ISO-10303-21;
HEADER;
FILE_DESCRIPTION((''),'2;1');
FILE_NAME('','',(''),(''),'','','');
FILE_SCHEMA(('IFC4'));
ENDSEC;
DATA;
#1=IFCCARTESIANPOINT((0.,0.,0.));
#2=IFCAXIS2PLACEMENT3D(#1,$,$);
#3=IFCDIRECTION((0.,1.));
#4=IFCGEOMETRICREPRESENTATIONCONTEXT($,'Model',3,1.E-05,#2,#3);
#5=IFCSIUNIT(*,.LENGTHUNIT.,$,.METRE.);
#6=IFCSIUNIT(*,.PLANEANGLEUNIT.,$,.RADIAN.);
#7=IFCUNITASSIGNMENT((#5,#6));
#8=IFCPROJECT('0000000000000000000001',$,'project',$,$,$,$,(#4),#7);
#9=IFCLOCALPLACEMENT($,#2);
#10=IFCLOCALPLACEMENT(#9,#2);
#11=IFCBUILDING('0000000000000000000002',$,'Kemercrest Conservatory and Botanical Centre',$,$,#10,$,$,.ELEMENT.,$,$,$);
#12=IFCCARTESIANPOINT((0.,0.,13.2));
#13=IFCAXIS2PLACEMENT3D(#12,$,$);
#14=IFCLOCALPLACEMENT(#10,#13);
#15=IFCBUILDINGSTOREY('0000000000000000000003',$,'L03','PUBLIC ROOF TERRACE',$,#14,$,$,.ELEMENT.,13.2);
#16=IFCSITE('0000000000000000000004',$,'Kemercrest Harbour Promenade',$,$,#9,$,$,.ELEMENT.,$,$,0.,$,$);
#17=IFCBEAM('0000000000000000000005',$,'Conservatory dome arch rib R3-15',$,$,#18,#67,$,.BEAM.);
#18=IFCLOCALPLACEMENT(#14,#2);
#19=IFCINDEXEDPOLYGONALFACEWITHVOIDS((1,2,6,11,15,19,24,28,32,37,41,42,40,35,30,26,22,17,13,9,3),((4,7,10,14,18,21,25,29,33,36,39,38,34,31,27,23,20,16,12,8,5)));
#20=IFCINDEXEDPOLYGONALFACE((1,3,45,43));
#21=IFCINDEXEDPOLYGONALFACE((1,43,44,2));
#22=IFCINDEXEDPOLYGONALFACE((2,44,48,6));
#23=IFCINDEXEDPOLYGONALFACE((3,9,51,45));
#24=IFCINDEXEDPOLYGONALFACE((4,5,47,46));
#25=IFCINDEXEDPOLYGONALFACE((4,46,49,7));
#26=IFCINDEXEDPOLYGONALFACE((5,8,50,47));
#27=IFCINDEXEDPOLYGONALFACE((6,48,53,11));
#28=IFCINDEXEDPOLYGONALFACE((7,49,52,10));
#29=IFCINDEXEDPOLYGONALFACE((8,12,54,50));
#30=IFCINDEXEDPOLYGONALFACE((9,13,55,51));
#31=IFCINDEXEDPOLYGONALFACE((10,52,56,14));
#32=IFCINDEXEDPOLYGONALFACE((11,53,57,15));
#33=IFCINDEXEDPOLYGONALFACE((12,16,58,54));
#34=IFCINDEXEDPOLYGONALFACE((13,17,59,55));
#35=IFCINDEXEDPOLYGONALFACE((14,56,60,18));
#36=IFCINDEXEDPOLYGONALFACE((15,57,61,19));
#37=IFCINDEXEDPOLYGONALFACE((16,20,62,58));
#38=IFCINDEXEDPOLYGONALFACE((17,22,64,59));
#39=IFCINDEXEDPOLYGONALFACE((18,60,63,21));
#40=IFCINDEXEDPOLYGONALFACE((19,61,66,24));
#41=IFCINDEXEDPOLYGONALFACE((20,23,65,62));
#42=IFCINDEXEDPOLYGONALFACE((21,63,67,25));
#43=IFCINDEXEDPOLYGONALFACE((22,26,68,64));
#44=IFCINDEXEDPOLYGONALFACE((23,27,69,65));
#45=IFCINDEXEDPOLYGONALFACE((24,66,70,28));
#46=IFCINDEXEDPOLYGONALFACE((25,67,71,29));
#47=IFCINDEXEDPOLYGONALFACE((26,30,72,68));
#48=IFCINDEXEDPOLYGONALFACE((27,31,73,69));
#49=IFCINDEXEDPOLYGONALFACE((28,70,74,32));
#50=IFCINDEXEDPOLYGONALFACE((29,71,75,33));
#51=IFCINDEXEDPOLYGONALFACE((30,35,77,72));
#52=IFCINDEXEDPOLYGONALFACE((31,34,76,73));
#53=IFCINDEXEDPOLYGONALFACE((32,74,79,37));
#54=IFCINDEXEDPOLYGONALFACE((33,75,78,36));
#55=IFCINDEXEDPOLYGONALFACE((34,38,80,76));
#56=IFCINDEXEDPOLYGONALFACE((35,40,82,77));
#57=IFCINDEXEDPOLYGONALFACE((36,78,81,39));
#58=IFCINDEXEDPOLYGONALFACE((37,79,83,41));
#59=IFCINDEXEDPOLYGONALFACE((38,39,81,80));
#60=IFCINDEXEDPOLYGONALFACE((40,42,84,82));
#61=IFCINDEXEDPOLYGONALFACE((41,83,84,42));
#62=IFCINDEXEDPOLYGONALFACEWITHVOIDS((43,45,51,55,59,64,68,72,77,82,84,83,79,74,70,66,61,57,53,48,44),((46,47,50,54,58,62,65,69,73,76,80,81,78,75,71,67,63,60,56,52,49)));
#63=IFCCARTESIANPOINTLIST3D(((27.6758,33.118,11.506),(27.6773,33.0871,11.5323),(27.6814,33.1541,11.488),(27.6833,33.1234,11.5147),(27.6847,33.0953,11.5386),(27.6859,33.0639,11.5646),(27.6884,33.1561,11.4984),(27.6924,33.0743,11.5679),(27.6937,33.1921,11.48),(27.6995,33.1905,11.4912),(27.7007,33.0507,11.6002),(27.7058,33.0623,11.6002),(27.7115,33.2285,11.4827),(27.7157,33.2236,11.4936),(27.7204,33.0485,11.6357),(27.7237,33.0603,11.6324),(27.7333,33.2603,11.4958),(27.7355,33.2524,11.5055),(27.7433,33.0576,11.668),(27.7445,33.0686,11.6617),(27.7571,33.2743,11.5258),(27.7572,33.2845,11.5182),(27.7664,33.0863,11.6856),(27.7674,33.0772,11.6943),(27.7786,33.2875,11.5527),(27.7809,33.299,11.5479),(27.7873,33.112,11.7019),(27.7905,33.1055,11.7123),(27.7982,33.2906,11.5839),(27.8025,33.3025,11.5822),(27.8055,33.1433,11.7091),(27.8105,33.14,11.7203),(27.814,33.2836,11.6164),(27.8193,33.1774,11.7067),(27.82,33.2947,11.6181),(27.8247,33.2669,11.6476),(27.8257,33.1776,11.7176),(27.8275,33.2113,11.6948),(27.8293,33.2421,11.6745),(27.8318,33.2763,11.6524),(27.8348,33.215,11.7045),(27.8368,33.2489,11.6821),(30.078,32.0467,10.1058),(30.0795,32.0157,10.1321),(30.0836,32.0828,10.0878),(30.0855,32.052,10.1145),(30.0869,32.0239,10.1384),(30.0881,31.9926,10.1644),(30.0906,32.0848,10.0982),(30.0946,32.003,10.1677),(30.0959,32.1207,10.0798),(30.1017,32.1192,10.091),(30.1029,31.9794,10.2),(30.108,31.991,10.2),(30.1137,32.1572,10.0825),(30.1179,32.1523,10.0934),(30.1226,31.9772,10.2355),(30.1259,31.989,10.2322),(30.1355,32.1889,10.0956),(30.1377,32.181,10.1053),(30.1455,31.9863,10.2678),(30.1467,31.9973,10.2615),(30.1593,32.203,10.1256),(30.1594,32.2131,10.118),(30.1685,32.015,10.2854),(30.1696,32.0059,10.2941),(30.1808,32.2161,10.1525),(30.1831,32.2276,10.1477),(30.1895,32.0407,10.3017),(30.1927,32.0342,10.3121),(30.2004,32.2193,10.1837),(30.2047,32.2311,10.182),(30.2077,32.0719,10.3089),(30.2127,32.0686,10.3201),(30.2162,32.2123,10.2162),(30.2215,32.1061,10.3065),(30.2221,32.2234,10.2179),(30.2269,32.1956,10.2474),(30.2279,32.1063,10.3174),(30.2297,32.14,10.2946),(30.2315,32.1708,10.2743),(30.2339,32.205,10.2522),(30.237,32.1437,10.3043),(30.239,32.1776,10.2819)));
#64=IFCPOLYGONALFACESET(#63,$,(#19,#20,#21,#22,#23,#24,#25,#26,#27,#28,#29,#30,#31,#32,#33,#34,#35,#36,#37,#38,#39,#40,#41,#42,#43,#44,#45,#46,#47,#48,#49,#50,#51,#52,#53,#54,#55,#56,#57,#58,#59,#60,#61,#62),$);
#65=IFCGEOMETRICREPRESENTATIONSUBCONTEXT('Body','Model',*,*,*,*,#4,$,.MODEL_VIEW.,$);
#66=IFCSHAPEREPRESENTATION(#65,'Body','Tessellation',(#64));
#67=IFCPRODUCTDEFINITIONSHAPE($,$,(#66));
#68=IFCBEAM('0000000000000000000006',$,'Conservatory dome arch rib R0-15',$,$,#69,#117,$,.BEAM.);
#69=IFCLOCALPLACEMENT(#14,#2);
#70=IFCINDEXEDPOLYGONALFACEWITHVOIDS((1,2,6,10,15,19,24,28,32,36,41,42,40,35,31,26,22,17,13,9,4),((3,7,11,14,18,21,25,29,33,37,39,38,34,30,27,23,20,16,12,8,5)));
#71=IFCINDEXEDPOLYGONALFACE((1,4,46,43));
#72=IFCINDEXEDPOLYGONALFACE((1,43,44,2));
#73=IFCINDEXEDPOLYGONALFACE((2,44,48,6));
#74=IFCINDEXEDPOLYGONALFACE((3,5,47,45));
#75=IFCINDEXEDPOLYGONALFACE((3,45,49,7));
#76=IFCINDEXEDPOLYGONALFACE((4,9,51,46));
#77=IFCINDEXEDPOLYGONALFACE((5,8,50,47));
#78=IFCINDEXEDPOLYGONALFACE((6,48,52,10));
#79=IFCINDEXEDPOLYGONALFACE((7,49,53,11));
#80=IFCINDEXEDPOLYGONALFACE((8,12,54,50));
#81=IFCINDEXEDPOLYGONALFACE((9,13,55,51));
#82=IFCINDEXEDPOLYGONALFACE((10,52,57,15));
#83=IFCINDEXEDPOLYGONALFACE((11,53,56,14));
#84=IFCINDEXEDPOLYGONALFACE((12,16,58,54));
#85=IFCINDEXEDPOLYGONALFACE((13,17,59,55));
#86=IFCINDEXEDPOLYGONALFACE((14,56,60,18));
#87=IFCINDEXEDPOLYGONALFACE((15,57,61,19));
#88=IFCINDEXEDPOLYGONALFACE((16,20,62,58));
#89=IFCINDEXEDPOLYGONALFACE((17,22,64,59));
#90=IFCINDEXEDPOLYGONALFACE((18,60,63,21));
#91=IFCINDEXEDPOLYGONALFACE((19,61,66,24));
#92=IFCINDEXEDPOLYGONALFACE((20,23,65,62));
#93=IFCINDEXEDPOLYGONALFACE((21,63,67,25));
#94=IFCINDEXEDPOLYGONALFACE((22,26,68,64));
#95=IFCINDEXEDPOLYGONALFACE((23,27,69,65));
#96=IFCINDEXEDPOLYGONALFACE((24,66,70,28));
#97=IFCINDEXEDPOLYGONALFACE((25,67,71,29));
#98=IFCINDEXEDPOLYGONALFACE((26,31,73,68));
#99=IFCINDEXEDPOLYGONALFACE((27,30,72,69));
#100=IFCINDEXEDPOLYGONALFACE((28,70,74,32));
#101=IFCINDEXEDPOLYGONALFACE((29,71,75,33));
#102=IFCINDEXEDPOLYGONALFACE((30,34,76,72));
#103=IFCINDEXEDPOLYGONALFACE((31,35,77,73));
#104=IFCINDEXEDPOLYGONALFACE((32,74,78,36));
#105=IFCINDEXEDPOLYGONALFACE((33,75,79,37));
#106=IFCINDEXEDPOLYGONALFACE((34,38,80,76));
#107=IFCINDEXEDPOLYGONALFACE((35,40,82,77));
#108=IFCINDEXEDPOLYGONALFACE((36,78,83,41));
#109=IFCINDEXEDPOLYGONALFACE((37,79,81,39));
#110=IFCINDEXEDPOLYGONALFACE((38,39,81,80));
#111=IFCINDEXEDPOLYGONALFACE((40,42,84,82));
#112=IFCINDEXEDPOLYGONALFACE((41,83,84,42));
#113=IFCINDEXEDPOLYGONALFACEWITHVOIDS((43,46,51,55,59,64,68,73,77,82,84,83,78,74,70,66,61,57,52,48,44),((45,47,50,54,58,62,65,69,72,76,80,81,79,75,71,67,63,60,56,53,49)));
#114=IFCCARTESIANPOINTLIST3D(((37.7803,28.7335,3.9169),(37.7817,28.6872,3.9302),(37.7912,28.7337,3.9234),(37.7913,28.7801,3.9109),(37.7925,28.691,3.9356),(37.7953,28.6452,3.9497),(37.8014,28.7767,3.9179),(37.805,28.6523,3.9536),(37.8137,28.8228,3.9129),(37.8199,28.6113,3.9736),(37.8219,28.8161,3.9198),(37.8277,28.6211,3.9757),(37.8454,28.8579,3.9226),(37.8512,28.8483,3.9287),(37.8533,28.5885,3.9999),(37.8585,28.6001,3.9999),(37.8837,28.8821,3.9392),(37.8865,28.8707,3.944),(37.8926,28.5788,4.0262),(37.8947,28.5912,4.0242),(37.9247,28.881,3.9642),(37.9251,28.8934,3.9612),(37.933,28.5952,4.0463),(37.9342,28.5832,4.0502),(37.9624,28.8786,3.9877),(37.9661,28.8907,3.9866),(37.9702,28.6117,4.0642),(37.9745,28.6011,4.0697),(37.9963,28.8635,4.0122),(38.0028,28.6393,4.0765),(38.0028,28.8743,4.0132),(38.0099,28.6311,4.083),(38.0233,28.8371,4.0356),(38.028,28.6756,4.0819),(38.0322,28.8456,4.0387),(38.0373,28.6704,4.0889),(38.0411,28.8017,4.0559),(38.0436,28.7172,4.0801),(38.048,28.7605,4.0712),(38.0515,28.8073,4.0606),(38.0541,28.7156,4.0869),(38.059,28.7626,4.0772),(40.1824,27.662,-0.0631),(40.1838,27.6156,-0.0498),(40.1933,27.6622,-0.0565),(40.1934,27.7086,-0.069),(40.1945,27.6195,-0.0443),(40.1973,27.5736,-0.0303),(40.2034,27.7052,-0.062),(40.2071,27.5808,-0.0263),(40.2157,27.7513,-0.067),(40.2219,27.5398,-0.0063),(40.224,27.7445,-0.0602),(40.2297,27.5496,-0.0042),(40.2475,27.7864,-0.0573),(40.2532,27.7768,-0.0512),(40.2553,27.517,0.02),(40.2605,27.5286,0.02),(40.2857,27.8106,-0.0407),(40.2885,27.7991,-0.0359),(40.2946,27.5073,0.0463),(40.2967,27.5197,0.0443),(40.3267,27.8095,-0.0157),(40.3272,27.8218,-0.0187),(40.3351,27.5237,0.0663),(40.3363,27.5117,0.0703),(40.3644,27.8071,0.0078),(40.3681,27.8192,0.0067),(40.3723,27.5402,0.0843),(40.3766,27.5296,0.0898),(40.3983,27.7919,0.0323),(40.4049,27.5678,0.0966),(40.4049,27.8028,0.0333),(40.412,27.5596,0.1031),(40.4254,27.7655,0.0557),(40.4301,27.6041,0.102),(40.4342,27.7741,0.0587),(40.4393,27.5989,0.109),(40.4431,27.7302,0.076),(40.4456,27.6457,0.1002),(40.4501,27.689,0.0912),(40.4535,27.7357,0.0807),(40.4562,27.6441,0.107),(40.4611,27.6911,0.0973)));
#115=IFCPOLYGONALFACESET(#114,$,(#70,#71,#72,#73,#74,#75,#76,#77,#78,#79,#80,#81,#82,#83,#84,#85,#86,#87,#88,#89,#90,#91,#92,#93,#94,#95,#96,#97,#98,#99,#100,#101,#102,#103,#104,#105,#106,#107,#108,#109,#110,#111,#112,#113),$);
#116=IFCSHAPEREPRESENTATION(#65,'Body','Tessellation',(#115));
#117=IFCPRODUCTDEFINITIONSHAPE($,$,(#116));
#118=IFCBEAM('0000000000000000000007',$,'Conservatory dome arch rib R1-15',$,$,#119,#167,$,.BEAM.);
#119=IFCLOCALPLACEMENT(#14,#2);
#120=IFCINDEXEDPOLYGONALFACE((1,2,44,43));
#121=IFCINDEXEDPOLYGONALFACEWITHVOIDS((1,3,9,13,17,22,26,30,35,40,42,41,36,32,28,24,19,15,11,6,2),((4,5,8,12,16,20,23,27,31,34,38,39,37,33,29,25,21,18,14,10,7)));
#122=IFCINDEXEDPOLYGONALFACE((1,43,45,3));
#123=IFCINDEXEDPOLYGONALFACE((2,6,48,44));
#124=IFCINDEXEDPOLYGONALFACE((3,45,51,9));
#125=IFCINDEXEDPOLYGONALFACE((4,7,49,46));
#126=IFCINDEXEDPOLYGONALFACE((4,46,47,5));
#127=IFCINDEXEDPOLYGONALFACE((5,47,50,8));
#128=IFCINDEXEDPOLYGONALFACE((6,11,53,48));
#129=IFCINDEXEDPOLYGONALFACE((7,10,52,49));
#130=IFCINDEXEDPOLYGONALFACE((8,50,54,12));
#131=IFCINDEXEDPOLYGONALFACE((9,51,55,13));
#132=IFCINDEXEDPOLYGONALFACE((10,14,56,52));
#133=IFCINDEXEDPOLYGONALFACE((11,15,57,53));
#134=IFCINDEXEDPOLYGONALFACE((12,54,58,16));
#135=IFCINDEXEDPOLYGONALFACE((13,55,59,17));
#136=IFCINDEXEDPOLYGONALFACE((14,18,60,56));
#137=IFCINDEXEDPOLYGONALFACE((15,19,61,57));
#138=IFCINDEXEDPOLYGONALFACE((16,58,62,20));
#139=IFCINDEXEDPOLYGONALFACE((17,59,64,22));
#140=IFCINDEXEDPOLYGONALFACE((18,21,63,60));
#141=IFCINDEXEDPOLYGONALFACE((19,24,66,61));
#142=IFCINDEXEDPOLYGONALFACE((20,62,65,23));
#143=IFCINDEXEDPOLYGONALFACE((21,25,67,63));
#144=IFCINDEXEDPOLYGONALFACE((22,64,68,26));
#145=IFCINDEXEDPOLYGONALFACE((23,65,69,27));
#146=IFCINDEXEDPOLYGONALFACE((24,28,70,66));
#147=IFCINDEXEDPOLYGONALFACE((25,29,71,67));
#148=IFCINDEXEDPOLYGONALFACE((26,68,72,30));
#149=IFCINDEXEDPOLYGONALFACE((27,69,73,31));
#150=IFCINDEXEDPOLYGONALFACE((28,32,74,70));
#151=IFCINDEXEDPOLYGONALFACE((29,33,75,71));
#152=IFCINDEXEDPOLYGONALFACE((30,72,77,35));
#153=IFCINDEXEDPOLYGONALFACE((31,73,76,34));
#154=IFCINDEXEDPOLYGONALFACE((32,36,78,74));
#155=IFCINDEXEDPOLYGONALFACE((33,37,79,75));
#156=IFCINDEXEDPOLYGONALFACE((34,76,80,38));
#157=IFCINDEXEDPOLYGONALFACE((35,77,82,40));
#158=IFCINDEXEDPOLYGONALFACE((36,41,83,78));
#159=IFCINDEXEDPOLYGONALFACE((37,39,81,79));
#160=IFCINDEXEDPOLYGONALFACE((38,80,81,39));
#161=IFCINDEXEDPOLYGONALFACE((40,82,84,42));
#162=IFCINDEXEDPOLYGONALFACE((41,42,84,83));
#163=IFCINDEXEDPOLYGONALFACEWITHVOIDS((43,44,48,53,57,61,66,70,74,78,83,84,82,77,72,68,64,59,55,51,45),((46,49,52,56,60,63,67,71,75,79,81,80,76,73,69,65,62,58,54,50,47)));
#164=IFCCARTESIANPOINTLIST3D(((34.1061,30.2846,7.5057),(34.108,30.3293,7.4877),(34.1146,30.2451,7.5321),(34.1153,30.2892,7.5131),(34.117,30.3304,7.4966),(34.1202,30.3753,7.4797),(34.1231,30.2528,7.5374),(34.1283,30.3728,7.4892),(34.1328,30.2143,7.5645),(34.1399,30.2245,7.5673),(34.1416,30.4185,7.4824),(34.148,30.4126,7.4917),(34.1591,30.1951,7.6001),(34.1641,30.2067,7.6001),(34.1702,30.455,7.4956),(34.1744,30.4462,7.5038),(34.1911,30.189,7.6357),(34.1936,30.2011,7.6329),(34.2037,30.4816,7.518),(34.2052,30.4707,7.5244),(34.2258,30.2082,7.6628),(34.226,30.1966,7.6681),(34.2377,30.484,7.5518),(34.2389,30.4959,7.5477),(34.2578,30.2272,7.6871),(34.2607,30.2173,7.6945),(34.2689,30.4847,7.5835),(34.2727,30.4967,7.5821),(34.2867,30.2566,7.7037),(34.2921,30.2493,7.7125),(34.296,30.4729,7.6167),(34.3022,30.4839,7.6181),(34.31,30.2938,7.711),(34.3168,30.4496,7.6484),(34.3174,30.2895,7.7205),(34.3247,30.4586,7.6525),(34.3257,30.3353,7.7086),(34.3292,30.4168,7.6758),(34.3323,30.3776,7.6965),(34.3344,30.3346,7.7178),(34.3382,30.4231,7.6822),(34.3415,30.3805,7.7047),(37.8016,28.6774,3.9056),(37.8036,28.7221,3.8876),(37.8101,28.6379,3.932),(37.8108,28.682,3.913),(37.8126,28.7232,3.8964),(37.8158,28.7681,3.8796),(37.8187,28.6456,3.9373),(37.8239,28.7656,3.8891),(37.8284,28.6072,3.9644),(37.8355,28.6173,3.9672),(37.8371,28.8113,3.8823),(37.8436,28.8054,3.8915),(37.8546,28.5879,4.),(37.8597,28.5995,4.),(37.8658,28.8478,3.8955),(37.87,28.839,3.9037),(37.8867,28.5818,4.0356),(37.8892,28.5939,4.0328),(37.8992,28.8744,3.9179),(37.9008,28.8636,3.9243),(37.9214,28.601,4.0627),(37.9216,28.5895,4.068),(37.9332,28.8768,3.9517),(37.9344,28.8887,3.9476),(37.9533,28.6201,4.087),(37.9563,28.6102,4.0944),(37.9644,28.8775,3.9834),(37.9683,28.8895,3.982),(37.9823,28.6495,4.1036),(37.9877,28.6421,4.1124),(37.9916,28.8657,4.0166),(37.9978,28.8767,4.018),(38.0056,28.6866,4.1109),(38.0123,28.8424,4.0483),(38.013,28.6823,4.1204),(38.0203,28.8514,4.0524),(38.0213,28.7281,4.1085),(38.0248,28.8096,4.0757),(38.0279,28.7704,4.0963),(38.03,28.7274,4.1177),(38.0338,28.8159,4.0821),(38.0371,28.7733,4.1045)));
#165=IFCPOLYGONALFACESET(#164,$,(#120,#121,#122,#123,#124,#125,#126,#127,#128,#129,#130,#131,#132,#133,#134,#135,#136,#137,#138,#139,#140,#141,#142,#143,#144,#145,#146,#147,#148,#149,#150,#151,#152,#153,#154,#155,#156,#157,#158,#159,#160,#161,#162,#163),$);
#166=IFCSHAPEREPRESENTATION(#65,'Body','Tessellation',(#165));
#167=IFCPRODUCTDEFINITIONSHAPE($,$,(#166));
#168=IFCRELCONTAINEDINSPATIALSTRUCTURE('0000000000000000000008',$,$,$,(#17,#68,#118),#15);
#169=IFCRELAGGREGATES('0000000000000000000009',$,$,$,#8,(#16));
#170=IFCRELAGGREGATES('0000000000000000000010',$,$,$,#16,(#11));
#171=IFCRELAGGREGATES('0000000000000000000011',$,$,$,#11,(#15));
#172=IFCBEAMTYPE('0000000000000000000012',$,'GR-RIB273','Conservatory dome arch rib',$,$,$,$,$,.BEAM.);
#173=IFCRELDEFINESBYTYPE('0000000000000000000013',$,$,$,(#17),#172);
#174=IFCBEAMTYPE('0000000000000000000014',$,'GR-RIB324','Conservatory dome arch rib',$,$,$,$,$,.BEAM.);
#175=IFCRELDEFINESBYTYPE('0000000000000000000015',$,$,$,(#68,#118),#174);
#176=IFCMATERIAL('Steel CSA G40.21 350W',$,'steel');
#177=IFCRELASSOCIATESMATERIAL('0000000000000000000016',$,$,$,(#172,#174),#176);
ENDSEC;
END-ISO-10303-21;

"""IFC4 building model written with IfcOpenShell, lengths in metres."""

from ifc_helpers import new_model, si_unit, direction, frame, origin, origin_2d, place, context, subcontext, project, spatial, hollow_circle, extrude, material, material_profile, profile_set, type_object, element, save


model = new_model("IFC4")

# Units and contexts
model_context = context("Model", 3, precision=1e-05, world=origin(), true_north=direction((0.0, 1.0)))
body_context = subcontext(model_context, "Body", "Model", "MODEL_VIEW")
ifc_project = project(units=[si_unit("LENGTHUNIT", "METRE"), si_unit("PLANEANGLEUNIT", "RADIAN")], contexts=[model_context])

# Site, building, storey
site_placement = place(None, origin())
site = spatial("IfcSite", under=ifc_project, at=site_placement, Name="Kemercrest Harbour Promenade", CompositionType="ELEMENT", RefElevation=0.0)
building_placement = place(site_placement, origin())
building = spatial("IfcBuilding", under=site, at=building_placement, Name="Kemercrest Conservatory and Botanical Centre", CompositionType="ELEMENT")
storey_placement = place(building_placement, frame((0.0, 0.0, 13.2)))
storey = spatial("IfcBuildingStorey", under=building, at=storey_placement, Name="L03", Description="PUBLIC ROOF TERRACE", CompositionType="ELEMENT", Elevation=13.2)

# Beams
ifc_material_1 = material(Name="Steel CSA G40.21 350W", Category="steel")
ifc_material_profile_1 = material_profile(ifc_material_1, hollow_circle(Radius=0.1365, WallThickness=0.0127, at=origin_2d()), Name="CHS 273.1x12.7")
ifc_profile_set_1 = profile_set([ifc_material_profile_1], Name="Steel CSA G40.21 350W")
beam_type_1 = type_object("IfcBeamType", Name="GR-RIB273", Description="Conservatory dome arch rib", PredefinedType="BEAM", material=ifc_profile_set_1)
beam_1_placement = place(storey_placement, frame((30.1584, 32.104, 10.2), z_axis=(-0.806176, 0.359538, 0.469907), x_axis=(-0.407309, -0.91329, 0.0)))
element("IfcBeam", 1, at=beam_1_placement, inside=storey, type_object=beam_type_1, Name="Conservatory dome arch rib R3-15", PredefinedType="BEAM", context=body_context, shape_type="SweptSolid", body=[
    extrude(hollow_circle(Radius=0.1365, WallThickness=0.0127, at=origin_2d()), origin(), (0.0, 0.0, 1.0), 2.9797),
])
ifc_material_profile_2 = material_profile(ifc_material_1, hollow_circle(Radius=0.1619, WallThickness=0.0127, at=origin_2d()), Name="CHS 323.9x12.7")
ifc_profile_set_2 = profile_set([ifc_material_profile_2], Name="Steel CSA G40.21 350W")
beam_type_2 = type_object("IfcBeamType", Name="GR-RIB324", Description="Conservatory dome arch rib", PredefinedType="BEAM", material=ifc_profile_set_2)
beam_2_placement = place(storey_placement, frame((40.3213, 27.6648, 0.02), z_axis=(-0.503523, 0.224612, 0.834275), x_axis=(-0.407387, -0.913256, 0.0)))
element("IfcBeam", 2, at=beam_2_placement, inside=storey, type_object=beam_type_2, Name="Conservatory dome arch rib R0-15", PredefinedType="BEAM", context=body_context, shape_type="SweptSolid", body=[
    extrude(hollow_circle(Radius=0.1619, WallThickness=0.0127, at=origin_2d()), origin(), (0.0, 0.0, 1.0), 4.7705),
])
beam_3_placement = place(storey_placement, frame((37.9192, 28.7363, 4.0), z_axis=(-0.683883, 0.297417, 0.666218), x_axis=(-0.398813, -0.917032, 0.0)))
element("IfcBeam", 3, at=beam_3_placement, inside=storey, type_object=beam_type_2, Name="Conservatory dome arch rib R1-15", PredefinedType="BEAM", context=body_context, shape_type="SweptSolid", body=[
    extrude(hollow_circle(Radius=0.1619, WallThickness=0.0127, at=origin_2d()), origin(), (0.0, 0.0, 1.0), 5.4038),
])

save(model, "model.ifc")
